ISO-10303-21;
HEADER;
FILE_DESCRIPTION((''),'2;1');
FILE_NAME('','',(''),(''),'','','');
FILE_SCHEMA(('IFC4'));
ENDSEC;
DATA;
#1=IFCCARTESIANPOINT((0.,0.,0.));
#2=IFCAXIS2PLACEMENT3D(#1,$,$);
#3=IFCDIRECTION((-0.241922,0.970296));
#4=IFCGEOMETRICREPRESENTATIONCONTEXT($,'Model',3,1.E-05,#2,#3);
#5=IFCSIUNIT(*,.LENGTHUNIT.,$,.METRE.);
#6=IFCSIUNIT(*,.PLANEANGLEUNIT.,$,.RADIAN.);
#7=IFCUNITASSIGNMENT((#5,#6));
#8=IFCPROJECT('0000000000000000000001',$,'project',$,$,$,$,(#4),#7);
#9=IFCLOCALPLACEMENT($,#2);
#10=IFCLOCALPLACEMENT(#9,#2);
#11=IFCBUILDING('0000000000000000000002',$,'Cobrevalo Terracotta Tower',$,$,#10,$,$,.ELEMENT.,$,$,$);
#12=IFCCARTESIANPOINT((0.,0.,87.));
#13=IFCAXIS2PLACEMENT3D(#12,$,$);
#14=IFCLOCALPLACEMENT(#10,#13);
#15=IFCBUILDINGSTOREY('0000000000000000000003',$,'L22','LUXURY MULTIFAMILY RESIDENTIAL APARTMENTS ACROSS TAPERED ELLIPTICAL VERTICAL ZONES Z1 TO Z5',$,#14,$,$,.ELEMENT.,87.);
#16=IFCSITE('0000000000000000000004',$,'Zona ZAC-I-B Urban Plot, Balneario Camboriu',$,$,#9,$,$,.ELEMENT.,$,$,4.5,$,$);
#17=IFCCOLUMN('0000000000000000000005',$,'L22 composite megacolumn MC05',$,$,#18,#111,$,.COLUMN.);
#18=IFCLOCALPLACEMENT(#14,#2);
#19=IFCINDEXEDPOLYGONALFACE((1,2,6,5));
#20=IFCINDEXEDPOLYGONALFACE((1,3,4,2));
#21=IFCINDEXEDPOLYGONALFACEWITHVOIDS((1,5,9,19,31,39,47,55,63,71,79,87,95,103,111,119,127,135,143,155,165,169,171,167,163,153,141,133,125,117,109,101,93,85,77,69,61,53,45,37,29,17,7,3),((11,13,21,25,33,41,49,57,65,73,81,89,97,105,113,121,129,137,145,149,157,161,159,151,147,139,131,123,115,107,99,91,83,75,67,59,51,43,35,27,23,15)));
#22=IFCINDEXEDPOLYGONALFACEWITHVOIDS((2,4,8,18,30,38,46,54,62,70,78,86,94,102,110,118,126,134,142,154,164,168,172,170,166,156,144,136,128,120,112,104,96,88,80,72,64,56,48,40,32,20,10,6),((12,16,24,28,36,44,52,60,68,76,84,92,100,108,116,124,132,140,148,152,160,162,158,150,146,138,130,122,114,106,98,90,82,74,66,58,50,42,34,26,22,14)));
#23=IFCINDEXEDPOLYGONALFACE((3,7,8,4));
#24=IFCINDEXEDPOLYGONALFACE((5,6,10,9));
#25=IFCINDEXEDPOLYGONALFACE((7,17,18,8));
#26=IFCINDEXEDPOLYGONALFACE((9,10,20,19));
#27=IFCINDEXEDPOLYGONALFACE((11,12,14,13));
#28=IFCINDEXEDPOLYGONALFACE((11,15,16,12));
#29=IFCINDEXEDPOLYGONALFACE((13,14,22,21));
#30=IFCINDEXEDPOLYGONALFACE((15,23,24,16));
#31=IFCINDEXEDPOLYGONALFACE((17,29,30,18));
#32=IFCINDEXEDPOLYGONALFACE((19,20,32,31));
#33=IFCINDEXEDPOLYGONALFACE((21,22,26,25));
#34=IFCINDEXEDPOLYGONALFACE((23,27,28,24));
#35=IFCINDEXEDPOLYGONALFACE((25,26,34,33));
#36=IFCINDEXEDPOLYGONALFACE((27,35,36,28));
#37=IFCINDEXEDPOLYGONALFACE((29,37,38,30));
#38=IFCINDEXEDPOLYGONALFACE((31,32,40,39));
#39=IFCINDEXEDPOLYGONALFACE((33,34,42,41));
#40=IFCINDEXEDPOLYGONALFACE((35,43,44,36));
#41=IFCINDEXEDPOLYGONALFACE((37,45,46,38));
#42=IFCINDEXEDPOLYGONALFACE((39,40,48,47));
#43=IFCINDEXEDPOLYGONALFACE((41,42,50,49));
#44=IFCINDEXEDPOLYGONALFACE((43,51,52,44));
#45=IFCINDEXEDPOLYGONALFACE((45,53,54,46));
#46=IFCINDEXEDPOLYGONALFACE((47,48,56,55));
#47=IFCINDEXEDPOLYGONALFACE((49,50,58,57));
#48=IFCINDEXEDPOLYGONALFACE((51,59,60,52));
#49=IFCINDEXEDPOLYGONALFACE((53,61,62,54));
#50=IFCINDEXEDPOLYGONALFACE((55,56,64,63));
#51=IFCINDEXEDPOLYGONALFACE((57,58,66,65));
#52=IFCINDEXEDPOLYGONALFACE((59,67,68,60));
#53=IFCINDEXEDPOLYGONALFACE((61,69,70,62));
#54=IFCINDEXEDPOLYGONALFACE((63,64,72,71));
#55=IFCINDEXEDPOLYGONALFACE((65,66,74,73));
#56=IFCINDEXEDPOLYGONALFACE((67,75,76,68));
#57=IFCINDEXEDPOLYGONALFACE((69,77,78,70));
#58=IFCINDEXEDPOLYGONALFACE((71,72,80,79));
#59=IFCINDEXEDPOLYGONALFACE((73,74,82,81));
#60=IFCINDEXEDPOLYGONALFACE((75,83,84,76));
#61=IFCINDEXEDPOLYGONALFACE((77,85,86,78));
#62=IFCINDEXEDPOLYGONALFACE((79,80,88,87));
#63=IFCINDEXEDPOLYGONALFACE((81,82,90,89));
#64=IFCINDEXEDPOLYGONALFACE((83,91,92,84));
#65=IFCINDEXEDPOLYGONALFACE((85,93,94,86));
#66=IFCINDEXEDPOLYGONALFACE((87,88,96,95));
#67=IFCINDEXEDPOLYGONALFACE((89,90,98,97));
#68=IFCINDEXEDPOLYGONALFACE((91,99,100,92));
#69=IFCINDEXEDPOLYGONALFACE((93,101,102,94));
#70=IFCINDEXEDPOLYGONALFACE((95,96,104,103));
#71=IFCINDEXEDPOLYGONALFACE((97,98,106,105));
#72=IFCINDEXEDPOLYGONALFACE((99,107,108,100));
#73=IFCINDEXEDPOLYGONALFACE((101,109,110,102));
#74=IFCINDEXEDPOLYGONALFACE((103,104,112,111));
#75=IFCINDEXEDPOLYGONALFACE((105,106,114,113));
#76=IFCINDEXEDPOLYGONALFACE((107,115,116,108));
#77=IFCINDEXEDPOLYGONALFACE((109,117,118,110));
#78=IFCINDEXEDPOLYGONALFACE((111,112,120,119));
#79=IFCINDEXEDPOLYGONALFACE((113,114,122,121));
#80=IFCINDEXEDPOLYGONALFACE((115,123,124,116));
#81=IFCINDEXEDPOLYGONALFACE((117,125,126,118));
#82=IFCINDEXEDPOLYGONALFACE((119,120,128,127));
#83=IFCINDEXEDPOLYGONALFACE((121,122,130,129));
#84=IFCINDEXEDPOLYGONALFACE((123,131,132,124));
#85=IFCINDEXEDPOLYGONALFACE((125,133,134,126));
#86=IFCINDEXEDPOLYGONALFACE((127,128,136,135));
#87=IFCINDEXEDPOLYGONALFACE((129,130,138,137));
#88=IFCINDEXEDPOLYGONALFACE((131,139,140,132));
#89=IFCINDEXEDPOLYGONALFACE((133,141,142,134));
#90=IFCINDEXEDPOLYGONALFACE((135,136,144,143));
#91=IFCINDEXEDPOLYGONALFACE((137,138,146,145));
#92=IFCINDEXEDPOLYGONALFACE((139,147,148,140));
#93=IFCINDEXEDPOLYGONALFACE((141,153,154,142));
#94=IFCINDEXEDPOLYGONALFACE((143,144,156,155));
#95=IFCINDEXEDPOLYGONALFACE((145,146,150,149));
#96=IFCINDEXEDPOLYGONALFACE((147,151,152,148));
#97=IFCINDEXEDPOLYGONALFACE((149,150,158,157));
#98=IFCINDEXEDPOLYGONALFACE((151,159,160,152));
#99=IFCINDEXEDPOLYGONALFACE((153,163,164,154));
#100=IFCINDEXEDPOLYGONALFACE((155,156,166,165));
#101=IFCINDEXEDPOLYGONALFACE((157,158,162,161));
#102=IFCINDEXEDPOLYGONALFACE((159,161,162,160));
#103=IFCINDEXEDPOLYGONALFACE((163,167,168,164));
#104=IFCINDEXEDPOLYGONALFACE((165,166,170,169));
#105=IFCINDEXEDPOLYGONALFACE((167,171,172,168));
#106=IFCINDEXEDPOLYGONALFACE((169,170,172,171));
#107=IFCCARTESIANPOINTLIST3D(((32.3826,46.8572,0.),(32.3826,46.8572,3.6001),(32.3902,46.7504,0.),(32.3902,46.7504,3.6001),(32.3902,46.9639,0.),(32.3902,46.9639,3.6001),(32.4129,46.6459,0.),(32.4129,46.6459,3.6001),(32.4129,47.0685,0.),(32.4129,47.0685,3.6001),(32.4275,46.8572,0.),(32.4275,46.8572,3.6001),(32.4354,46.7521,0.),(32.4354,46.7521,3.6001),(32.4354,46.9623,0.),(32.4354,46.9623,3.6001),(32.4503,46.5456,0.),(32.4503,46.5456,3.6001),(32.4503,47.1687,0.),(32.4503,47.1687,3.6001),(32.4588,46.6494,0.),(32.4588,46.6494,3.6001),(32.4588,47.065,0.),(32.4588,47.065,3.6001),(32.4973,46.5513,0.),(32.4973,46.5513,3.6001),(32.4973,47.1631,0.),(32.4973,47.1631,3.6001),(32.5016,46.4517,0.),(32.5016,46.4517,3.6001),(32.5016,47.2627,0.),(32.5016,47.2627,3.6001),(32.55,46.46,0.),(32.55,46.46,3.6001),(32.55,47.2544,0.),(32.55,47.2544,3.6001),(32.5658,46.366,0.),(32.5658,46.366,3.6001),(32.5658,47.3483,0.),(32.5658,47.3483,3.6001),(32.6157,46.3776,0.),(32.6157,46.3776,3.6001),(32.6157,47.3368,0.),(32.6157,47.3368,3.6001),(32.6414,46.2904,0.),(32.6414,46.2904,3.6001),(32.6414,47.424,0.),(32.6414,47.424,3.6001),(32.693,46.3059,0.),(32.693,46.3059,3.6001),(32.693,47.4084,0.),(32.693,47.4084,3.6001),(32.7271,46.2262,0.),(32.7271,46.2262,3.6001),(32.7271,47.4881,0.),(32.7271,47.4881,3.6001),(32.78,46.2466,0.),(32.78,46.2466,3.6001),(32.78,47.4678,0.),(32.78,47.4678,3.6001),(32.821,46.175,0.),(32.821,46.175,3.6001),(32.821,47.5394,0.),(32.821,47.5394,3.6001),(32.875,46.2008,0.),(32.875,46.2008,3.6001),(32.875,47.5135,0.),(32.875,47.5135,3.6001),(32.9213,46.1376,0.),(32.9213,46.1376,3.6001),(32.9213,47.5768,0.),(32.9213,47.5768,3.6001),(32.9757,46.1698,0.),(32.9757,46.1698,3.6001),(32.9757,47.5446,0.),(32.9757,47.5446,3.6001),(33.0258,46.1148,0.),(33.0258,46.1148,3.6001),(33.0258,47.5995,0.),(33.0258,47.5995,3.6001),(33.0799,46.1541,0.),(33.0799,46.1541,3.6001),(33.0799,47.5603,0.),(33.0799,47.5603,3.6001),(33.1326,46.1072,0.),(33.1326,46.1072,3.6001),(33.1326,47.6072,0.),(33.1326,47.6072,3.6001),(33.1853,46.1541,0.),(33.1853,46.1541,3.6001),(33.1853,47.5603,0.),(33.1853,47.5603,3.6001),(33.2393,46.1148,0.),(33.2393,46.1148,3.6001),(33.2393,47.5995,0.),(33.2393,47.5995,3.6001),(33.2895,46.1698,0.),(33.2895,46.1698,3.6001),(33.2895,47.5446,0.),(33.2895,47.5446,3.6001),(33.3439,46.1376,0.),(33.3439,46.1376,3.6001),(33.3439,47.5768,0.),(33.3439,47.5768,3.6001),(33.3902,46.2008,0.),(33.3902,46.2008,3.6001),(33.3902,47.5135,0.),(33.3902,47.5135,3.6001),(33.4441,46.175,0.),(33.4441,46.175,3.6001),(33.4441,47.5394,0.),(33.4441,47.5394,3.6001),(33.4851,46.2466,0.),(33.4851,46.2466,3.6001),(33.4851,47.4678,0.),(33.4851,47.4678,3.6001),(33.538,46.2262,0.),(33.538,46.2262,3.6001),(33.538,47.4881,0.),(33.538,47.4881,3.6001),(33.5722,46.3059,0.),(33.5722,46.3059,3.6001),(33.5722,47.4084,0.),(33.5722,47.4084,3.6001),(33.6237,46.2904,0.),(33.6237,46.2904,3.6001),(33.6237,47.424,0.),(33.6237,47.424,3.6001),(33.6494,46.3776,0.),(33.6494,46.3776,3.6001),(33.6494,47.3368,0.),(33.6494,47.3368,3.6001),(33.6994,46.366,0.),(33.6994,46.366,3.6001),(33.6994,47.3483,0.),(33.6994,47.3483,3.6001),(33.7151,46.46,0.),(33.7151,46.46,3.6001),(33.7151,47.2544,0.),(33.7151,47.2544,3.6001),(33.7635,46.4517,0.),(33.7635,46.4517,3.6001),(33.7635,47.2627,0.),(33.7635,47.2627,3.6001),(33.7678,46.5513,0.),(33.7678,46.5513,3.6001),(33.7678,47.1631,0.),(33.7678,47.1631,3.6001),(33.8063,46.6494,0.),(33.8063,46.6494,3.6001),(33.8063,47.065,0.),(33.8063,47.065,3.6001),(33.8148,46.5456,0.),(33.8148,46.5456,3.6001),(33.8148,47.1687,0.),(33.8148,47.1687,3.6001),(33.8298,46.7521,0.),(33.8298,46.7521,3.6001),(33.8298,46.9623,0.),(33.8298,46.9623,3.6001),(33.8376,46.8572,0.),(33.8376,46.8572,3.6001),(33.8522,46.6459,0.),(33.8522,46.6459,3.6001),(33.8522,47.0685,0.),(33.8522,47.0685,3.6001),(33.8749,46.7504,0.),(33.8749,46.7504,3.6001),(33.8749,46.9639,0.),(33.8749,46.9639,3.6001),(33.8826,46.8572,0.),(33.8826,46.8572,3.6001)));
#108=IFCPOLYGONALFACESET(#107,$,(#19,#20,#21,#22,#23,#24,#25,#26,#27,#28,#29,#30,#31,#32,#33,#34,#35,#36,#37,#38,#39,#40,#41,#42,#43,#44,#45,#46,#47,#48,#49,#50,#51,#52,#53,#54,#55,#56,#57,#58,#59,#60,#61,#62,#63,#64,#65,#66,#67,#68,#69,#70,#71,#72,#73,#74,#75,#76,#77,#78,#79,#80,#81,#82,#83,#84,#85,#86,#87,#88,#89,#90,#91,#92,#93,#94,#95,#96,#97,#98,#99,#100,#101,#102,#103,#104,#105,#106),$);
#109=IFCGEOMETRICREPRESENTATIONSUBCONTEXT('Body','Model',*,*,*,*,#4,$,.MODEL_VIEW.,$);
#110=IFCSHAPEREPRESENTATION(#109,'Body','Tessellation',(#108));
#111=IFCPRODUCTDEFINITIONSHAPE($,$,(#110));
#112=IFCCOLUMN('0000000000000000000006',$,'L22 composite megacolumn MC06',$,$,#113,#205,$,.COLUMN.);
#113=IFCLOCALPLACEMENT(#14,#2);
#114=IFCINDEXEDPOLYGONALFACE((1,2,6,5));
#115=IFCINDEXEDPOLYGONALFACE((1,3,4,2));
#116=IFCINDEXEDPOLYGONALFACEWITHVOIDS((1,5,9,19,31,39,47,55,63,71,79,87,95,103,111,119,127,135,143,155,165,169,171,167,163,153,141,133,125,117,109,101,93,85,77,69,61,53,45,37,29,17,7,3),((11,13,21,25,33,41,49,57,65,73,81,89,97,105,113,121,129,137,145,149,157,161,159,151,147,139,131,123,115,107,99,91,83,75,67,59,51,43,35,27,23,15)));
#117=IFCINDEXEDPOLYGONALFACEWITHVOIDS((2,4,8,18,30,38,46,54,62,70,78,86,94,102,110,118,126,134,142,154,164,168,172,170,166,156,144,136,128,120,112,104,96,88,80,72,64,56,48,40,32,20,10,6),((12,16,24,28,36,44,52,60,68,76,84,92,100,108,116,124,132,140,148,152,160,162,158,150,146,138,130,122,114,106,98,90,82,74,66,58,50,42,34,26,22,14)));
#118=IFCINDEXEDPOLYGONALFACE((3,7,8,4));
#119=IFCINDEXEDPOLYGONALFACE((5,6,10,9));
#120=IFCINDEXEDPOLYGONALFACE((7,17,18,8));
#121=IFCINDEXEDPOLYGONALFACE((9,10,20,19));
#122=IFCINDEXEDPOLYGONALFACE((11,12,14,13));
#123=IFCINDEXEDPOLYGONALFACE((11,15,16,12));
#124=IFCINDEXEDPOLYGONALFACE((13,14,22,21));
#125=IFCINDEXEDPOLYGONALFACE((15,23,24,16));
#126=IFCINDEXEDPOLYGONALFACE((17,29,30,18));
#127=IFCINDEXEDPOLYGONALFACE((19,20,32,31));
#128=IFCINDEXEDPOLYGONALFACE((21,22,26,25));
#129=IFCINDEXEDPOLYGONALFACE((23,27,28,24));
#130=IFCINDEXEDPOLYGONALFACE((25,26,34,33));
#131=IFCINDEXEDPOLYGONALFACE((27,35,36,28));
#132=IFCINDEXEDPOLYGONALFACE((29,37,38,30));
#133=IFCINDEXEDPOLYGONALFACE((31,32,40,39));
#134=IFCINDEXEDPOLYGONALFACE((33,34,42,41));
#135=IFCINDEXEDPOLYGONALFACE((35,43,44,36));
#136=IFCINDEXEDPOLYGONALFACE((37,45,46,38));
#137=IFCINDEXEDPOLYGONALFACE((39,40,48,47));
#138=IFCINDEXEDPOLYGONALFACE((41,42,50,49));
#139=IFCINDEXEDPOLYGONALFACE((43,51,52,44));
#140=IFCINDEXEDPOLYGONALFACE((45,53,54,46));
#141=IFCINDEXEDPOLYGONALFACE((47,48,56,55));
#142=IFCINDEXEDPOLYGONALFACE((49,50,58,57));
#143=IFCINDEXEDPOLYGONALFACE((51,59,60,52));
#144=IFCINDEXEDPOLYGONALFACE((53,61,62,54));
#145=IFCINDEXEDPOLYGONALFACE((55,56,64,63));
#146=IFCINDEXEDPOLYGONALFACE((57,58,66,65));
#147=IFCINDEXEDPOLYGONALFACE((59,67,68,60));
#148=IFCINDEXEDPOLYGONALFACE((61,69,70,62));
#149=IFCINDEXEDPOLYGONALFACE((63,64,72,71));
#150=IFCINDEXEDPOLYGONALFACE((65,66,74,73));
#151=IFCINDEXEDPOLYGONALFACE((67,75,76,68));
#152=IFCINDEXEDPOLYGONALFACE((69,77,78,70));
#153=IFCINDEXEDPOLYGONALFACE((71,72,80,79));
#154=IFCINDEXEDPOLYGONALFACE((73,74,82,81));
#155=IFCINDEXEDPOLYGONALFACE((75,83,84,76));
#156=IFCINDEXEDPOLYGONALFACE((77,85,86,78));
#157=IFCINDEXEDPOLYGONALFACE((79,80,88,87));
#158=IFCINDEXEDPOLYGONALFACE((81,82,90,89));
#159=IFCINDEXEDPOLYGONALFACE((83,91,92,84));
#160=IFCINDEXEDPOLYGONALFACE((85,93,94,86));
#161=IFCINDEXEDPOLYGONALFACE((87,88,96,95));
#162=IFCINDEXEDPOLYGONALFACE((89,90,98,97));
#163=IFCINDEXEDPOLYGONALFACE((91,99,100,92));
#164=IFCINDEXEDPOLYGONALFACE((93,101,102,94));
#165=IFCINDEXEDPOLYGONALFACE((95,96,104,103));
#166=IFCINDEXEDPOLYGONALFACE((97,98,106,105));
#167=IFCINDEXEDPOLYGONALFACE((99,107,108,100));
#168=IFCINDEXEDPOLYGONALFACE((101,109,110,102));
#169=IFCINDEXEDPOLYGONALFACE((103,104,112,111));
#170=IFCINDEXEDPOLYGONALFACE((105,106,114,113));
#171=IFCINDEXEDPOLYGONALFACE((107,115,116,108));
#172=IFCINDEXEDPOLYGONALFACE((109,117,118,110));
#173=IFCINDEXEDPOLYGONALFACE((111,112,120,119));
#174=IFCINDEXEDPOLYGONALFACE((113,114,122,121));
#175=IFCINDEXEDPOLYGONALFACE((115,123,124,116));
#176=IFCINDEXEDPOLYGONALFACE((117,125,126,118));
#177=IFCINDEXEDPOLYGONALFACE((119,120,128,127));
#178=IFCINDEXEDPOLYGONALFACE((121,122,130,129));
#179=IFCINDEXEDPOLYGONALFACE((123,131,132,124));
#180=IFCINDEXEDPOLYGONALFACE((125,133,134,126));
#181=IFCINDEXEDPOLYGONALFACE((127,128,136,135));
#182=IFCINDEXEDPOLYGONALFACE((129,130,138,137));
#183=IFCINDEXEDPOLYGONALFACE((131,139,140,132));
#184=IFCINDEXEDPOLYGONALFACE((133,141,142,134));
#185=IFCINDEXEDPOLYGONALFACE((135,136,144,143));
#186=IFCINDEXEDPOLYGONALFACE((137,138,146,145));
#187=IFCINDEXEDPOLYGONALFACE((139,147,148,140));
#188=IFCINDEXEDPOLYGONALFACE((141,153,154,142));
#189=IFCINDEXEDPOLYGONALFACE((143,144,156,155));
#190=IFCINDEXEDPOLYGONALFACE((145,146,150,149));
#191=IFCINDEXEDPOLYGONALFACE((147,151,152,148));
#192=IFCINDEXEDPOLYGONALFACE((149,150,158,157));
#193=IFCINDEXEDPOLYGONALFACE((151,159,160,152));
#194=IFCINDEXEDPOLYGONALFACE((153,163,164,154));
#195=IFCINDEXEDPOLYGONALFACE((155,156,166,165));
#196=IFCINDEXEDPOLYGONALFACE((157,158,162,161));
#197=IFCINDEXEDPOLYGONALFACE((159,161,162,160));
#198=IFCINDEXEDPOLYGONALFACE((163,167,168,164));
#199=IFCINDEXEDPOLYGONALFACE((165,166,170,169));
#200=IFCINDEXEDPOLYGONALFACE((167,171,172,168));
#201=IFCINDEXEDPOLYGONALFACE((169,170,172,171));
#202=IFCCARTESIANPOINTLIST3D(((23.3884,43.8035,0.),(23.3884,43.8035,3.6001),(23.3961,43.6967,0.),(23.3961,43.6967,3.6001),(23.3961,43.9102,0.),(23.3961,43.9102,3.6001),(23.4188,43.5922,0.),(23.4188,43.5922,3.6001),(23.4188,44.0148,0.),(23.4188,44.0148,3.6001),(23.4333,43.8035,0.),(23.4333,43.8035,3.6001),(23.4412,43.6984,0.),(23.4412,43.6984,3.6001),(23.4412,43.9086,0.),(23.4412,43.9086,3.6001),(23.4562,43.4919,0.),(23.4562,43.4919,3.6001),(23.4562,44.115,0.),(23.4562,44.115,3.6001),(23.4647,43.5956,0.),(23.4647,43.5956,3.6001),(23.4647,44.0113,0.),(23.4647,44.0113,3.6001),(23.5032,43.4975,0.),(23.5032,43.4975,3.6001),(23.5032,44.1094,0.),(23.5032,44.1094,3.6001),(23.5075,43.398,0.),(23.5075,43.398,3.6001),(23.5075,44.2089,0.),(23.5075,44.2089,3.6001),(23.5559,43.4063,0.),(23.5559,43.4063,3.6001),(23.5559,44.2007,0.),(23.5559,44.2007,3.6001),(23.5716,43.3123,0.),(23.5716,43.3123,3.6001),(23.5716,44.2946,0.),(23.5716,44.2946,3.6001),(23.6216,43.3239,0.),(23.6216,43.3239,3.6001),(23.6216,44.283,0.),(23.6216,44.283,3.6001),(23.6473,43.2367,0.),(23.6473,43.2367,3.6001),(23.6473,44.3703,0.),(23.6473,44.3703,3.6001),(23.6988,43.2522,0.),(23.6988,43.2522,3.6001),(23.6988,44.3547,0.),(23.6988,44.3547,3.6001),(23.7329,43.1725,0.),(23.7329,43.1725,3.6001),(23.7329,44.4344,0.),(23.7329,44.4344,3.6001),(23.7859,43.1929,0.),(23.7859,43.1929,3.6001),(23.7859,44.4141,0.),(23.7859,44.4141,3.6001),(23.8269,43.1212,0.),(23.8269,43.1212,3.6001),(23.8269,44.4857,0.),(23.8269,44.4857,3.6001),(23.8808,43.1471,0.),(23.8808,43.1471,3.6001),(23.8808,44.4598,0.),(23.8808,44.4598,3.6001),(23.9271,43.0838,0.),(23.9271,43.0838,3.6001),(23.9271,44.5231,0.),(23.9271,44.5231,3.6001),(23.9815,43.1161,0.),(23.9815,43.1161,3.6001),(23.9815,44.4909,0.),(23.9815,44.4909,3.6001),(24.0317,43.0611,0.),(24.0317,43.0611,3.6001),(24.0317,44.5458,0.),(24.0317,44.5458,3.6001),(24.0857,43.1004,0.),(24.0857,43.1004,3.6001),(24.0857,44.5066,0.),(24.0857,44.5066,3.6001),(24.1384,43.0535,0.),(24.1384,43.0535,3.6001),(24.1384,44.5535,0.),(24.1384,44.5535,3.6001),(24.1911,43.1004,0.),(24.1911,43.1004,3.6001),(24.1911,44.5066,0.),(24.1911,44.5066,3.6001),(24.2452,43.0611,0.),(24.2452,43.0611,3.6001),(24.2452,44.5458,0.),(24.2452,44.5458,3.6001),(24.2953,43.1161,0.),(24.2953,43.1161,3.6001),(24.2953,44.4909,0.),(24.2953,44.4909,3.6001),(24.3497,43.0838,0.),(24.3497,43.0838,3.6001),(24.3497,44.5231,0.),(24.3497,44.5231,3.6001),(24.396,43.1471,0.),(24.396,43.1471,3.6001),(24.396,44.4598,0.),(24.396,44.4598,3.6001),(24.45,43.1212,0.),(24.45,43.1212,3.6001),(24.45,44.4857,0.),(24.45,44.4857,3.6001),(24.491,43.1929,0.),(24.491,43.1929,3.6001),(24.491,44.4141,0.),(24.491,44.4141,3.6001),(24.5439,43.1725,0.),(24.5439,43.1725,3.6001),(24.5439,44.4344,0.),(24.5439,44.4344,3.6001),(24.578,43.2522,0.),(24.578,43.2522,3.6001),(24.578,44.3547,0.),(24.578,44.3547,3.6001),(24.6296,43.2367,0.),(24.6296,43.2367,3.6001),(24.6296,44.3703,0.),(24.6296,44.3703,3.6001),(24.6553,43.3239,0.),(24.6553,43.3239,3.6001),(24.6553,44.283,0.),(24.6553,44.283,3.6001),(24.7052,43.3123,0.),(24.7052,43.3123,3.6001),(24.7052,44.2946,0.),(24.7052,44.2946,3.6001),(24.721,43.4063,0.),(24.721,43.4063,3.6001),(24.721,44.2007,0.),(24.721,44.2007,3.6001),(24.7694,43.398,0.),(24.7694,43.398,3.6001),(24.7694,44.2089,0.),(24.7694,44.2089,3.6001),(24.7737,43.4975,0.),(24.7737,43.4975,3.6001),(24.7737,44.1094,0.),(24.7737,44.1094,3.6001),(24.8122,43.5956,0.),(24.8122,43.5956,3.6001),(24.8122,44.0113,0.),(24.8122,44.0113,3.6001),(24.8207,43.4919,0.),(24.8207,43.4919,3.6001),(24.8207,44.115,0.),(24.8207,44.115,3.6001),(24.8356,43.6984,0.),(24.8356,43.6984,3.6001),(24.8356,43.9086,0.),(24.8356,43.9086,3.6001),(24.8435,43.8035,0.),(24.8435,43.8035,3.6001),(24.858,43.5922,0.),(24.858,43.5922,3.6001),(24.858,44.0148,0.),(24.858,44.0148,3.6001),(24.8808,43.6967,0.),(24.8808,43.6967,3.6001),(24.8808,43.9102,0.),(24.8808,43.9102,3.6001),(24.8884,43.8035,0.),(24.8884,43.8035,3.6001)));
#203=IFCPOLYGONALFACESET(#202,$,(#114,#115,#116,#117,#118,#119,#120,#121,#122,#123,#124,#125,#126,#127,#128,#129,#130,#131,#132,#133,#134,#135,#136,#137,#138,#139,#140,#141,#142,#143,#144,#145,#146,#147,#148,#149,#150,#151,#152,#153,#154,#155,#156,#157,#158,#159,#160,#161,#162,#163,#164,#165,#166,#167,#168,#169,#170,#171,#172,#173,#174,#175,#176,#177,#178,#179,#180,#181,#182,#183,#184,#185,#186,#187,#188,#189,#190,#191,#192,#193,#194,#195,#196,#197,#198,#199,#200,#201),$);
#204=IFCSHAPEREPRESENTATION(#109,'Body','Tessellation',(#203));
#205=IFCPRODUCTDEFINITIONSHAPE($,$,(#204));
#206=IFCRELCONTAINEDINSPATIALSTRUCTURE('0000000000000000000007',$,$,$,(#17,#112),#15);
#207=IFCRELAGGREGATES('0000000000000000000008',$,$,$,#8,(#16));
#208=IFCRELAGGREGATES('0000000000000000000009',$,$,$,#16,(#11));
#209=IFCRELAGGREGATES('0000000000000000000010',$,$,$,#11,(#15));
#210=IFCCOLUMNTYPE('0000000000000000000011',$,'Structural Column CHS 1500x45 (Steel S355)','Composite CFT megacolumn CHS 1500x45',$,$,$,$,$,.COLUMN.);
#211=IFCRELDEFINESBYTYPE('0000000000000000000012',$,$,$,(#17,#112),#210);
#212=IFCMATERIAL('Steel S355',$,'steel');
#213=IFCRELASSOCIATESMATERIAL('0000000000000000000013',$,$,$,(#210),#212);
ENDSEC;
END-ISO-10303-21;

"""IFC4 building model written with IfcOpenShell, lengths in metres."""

from ifc_helpers import new_model, si_unit, direction, frame, origin, origin_2d, place, context, subcontext, project, spatial, hollow_circle, extrude, material, material_profile, profile_set, type_object, element, save


model = new_model("IFC4")

# Units and contexts
model_context = context("Model", 3, precision=1e-05, world=origin(), true_north=direction((-0.241922, 0.970296)))
body_context = subcontext(model_context, "Body", "Model", "MODEL_VIEW")
ifc_project = project(units=[si_unit("LENGTHUNIT", "METRE"), si_unit("PLANEANGLEUNIT", "RADIAN")], contexts=[model_context])

# Site, building, storey
site_placement = place(None, origin())
site = spatial("IfcSite", under=ifc_project, at=site_placement, Name="Zona ZAC-I-B Urban Plot, Balneario Camboriu", CompositionType="ELEMENT", RefElevation=4.5)
building_placement = place(site_placement, origin())
building = spatial("IfcBuilding", under=site, at=building_placement, Name="Cobrevalo Terracotta Tower", CompositionType="ELEMENT")
storey_placement = place(building_placement, frame((0.0, 0.0, 87.0)))
storey = spatial("IfcBuildingStorey", under=building, at=storey_placement, Name="L22", Description="LUXURY MULTIFAMILY RESIDENTIAL APARTMENTS ACROSS TAPERED ELLIPTICAL VERTICAL ZONES Z1 TO Z5", CompositionType="ELEMENT", Elevation=87.0)

# Columns
ifc_material_1 = material(Name="Steel S355", Category="steel")
ifc_material_profile_1 = material_profile(ifc_material_1, hollow_circle(Radius=0.75, WallThickness=0.0449, at=origin_2d()), Name="CHS 1500x45")
ifc_profile_set_1 = profile_set([ifc_material_profile_1], Name="Steel S355")
column_type_1 = type_object("IfcColumnType", Name="Structural Column CHS 1500x45 (Steel S355)", Description="Composite CFT megacolumn CHS 1500x45", PredefinedType="COLUMN", material=ifc_profile_set_1)
for number, where, z_axis, x_axis, name in (
    (1, (33.1326, 46.8572, 0.0), (0.0, 0.0, 1.0), (1.0, 0.0, 0.0), "L22 composite megacolumn MC05"),
    (2, (24.1384, 43.8035, 0.0), (0.0, 0.0, 1.0), (1.0, 0.0, 0.0), "L22 composite megacolumn MC06"),
):
    element("IfcColumn", number, at=place(storey_placement, frame(where, z_axis=z_axis, x_axis=x_axis)), inside=storey, type_object=column_type_1, Name=name, PredefinedType="COLUMN", context=body_context, shape_type="SweptSolid", body=[
        extrude(hollow_circle(Radius=0.75, WallThickness=0.0449, at=origin_2d()), origin(), (0.0, 0.0, 1.0), 3.6001),
    ])

save(model, "model.ifc")
